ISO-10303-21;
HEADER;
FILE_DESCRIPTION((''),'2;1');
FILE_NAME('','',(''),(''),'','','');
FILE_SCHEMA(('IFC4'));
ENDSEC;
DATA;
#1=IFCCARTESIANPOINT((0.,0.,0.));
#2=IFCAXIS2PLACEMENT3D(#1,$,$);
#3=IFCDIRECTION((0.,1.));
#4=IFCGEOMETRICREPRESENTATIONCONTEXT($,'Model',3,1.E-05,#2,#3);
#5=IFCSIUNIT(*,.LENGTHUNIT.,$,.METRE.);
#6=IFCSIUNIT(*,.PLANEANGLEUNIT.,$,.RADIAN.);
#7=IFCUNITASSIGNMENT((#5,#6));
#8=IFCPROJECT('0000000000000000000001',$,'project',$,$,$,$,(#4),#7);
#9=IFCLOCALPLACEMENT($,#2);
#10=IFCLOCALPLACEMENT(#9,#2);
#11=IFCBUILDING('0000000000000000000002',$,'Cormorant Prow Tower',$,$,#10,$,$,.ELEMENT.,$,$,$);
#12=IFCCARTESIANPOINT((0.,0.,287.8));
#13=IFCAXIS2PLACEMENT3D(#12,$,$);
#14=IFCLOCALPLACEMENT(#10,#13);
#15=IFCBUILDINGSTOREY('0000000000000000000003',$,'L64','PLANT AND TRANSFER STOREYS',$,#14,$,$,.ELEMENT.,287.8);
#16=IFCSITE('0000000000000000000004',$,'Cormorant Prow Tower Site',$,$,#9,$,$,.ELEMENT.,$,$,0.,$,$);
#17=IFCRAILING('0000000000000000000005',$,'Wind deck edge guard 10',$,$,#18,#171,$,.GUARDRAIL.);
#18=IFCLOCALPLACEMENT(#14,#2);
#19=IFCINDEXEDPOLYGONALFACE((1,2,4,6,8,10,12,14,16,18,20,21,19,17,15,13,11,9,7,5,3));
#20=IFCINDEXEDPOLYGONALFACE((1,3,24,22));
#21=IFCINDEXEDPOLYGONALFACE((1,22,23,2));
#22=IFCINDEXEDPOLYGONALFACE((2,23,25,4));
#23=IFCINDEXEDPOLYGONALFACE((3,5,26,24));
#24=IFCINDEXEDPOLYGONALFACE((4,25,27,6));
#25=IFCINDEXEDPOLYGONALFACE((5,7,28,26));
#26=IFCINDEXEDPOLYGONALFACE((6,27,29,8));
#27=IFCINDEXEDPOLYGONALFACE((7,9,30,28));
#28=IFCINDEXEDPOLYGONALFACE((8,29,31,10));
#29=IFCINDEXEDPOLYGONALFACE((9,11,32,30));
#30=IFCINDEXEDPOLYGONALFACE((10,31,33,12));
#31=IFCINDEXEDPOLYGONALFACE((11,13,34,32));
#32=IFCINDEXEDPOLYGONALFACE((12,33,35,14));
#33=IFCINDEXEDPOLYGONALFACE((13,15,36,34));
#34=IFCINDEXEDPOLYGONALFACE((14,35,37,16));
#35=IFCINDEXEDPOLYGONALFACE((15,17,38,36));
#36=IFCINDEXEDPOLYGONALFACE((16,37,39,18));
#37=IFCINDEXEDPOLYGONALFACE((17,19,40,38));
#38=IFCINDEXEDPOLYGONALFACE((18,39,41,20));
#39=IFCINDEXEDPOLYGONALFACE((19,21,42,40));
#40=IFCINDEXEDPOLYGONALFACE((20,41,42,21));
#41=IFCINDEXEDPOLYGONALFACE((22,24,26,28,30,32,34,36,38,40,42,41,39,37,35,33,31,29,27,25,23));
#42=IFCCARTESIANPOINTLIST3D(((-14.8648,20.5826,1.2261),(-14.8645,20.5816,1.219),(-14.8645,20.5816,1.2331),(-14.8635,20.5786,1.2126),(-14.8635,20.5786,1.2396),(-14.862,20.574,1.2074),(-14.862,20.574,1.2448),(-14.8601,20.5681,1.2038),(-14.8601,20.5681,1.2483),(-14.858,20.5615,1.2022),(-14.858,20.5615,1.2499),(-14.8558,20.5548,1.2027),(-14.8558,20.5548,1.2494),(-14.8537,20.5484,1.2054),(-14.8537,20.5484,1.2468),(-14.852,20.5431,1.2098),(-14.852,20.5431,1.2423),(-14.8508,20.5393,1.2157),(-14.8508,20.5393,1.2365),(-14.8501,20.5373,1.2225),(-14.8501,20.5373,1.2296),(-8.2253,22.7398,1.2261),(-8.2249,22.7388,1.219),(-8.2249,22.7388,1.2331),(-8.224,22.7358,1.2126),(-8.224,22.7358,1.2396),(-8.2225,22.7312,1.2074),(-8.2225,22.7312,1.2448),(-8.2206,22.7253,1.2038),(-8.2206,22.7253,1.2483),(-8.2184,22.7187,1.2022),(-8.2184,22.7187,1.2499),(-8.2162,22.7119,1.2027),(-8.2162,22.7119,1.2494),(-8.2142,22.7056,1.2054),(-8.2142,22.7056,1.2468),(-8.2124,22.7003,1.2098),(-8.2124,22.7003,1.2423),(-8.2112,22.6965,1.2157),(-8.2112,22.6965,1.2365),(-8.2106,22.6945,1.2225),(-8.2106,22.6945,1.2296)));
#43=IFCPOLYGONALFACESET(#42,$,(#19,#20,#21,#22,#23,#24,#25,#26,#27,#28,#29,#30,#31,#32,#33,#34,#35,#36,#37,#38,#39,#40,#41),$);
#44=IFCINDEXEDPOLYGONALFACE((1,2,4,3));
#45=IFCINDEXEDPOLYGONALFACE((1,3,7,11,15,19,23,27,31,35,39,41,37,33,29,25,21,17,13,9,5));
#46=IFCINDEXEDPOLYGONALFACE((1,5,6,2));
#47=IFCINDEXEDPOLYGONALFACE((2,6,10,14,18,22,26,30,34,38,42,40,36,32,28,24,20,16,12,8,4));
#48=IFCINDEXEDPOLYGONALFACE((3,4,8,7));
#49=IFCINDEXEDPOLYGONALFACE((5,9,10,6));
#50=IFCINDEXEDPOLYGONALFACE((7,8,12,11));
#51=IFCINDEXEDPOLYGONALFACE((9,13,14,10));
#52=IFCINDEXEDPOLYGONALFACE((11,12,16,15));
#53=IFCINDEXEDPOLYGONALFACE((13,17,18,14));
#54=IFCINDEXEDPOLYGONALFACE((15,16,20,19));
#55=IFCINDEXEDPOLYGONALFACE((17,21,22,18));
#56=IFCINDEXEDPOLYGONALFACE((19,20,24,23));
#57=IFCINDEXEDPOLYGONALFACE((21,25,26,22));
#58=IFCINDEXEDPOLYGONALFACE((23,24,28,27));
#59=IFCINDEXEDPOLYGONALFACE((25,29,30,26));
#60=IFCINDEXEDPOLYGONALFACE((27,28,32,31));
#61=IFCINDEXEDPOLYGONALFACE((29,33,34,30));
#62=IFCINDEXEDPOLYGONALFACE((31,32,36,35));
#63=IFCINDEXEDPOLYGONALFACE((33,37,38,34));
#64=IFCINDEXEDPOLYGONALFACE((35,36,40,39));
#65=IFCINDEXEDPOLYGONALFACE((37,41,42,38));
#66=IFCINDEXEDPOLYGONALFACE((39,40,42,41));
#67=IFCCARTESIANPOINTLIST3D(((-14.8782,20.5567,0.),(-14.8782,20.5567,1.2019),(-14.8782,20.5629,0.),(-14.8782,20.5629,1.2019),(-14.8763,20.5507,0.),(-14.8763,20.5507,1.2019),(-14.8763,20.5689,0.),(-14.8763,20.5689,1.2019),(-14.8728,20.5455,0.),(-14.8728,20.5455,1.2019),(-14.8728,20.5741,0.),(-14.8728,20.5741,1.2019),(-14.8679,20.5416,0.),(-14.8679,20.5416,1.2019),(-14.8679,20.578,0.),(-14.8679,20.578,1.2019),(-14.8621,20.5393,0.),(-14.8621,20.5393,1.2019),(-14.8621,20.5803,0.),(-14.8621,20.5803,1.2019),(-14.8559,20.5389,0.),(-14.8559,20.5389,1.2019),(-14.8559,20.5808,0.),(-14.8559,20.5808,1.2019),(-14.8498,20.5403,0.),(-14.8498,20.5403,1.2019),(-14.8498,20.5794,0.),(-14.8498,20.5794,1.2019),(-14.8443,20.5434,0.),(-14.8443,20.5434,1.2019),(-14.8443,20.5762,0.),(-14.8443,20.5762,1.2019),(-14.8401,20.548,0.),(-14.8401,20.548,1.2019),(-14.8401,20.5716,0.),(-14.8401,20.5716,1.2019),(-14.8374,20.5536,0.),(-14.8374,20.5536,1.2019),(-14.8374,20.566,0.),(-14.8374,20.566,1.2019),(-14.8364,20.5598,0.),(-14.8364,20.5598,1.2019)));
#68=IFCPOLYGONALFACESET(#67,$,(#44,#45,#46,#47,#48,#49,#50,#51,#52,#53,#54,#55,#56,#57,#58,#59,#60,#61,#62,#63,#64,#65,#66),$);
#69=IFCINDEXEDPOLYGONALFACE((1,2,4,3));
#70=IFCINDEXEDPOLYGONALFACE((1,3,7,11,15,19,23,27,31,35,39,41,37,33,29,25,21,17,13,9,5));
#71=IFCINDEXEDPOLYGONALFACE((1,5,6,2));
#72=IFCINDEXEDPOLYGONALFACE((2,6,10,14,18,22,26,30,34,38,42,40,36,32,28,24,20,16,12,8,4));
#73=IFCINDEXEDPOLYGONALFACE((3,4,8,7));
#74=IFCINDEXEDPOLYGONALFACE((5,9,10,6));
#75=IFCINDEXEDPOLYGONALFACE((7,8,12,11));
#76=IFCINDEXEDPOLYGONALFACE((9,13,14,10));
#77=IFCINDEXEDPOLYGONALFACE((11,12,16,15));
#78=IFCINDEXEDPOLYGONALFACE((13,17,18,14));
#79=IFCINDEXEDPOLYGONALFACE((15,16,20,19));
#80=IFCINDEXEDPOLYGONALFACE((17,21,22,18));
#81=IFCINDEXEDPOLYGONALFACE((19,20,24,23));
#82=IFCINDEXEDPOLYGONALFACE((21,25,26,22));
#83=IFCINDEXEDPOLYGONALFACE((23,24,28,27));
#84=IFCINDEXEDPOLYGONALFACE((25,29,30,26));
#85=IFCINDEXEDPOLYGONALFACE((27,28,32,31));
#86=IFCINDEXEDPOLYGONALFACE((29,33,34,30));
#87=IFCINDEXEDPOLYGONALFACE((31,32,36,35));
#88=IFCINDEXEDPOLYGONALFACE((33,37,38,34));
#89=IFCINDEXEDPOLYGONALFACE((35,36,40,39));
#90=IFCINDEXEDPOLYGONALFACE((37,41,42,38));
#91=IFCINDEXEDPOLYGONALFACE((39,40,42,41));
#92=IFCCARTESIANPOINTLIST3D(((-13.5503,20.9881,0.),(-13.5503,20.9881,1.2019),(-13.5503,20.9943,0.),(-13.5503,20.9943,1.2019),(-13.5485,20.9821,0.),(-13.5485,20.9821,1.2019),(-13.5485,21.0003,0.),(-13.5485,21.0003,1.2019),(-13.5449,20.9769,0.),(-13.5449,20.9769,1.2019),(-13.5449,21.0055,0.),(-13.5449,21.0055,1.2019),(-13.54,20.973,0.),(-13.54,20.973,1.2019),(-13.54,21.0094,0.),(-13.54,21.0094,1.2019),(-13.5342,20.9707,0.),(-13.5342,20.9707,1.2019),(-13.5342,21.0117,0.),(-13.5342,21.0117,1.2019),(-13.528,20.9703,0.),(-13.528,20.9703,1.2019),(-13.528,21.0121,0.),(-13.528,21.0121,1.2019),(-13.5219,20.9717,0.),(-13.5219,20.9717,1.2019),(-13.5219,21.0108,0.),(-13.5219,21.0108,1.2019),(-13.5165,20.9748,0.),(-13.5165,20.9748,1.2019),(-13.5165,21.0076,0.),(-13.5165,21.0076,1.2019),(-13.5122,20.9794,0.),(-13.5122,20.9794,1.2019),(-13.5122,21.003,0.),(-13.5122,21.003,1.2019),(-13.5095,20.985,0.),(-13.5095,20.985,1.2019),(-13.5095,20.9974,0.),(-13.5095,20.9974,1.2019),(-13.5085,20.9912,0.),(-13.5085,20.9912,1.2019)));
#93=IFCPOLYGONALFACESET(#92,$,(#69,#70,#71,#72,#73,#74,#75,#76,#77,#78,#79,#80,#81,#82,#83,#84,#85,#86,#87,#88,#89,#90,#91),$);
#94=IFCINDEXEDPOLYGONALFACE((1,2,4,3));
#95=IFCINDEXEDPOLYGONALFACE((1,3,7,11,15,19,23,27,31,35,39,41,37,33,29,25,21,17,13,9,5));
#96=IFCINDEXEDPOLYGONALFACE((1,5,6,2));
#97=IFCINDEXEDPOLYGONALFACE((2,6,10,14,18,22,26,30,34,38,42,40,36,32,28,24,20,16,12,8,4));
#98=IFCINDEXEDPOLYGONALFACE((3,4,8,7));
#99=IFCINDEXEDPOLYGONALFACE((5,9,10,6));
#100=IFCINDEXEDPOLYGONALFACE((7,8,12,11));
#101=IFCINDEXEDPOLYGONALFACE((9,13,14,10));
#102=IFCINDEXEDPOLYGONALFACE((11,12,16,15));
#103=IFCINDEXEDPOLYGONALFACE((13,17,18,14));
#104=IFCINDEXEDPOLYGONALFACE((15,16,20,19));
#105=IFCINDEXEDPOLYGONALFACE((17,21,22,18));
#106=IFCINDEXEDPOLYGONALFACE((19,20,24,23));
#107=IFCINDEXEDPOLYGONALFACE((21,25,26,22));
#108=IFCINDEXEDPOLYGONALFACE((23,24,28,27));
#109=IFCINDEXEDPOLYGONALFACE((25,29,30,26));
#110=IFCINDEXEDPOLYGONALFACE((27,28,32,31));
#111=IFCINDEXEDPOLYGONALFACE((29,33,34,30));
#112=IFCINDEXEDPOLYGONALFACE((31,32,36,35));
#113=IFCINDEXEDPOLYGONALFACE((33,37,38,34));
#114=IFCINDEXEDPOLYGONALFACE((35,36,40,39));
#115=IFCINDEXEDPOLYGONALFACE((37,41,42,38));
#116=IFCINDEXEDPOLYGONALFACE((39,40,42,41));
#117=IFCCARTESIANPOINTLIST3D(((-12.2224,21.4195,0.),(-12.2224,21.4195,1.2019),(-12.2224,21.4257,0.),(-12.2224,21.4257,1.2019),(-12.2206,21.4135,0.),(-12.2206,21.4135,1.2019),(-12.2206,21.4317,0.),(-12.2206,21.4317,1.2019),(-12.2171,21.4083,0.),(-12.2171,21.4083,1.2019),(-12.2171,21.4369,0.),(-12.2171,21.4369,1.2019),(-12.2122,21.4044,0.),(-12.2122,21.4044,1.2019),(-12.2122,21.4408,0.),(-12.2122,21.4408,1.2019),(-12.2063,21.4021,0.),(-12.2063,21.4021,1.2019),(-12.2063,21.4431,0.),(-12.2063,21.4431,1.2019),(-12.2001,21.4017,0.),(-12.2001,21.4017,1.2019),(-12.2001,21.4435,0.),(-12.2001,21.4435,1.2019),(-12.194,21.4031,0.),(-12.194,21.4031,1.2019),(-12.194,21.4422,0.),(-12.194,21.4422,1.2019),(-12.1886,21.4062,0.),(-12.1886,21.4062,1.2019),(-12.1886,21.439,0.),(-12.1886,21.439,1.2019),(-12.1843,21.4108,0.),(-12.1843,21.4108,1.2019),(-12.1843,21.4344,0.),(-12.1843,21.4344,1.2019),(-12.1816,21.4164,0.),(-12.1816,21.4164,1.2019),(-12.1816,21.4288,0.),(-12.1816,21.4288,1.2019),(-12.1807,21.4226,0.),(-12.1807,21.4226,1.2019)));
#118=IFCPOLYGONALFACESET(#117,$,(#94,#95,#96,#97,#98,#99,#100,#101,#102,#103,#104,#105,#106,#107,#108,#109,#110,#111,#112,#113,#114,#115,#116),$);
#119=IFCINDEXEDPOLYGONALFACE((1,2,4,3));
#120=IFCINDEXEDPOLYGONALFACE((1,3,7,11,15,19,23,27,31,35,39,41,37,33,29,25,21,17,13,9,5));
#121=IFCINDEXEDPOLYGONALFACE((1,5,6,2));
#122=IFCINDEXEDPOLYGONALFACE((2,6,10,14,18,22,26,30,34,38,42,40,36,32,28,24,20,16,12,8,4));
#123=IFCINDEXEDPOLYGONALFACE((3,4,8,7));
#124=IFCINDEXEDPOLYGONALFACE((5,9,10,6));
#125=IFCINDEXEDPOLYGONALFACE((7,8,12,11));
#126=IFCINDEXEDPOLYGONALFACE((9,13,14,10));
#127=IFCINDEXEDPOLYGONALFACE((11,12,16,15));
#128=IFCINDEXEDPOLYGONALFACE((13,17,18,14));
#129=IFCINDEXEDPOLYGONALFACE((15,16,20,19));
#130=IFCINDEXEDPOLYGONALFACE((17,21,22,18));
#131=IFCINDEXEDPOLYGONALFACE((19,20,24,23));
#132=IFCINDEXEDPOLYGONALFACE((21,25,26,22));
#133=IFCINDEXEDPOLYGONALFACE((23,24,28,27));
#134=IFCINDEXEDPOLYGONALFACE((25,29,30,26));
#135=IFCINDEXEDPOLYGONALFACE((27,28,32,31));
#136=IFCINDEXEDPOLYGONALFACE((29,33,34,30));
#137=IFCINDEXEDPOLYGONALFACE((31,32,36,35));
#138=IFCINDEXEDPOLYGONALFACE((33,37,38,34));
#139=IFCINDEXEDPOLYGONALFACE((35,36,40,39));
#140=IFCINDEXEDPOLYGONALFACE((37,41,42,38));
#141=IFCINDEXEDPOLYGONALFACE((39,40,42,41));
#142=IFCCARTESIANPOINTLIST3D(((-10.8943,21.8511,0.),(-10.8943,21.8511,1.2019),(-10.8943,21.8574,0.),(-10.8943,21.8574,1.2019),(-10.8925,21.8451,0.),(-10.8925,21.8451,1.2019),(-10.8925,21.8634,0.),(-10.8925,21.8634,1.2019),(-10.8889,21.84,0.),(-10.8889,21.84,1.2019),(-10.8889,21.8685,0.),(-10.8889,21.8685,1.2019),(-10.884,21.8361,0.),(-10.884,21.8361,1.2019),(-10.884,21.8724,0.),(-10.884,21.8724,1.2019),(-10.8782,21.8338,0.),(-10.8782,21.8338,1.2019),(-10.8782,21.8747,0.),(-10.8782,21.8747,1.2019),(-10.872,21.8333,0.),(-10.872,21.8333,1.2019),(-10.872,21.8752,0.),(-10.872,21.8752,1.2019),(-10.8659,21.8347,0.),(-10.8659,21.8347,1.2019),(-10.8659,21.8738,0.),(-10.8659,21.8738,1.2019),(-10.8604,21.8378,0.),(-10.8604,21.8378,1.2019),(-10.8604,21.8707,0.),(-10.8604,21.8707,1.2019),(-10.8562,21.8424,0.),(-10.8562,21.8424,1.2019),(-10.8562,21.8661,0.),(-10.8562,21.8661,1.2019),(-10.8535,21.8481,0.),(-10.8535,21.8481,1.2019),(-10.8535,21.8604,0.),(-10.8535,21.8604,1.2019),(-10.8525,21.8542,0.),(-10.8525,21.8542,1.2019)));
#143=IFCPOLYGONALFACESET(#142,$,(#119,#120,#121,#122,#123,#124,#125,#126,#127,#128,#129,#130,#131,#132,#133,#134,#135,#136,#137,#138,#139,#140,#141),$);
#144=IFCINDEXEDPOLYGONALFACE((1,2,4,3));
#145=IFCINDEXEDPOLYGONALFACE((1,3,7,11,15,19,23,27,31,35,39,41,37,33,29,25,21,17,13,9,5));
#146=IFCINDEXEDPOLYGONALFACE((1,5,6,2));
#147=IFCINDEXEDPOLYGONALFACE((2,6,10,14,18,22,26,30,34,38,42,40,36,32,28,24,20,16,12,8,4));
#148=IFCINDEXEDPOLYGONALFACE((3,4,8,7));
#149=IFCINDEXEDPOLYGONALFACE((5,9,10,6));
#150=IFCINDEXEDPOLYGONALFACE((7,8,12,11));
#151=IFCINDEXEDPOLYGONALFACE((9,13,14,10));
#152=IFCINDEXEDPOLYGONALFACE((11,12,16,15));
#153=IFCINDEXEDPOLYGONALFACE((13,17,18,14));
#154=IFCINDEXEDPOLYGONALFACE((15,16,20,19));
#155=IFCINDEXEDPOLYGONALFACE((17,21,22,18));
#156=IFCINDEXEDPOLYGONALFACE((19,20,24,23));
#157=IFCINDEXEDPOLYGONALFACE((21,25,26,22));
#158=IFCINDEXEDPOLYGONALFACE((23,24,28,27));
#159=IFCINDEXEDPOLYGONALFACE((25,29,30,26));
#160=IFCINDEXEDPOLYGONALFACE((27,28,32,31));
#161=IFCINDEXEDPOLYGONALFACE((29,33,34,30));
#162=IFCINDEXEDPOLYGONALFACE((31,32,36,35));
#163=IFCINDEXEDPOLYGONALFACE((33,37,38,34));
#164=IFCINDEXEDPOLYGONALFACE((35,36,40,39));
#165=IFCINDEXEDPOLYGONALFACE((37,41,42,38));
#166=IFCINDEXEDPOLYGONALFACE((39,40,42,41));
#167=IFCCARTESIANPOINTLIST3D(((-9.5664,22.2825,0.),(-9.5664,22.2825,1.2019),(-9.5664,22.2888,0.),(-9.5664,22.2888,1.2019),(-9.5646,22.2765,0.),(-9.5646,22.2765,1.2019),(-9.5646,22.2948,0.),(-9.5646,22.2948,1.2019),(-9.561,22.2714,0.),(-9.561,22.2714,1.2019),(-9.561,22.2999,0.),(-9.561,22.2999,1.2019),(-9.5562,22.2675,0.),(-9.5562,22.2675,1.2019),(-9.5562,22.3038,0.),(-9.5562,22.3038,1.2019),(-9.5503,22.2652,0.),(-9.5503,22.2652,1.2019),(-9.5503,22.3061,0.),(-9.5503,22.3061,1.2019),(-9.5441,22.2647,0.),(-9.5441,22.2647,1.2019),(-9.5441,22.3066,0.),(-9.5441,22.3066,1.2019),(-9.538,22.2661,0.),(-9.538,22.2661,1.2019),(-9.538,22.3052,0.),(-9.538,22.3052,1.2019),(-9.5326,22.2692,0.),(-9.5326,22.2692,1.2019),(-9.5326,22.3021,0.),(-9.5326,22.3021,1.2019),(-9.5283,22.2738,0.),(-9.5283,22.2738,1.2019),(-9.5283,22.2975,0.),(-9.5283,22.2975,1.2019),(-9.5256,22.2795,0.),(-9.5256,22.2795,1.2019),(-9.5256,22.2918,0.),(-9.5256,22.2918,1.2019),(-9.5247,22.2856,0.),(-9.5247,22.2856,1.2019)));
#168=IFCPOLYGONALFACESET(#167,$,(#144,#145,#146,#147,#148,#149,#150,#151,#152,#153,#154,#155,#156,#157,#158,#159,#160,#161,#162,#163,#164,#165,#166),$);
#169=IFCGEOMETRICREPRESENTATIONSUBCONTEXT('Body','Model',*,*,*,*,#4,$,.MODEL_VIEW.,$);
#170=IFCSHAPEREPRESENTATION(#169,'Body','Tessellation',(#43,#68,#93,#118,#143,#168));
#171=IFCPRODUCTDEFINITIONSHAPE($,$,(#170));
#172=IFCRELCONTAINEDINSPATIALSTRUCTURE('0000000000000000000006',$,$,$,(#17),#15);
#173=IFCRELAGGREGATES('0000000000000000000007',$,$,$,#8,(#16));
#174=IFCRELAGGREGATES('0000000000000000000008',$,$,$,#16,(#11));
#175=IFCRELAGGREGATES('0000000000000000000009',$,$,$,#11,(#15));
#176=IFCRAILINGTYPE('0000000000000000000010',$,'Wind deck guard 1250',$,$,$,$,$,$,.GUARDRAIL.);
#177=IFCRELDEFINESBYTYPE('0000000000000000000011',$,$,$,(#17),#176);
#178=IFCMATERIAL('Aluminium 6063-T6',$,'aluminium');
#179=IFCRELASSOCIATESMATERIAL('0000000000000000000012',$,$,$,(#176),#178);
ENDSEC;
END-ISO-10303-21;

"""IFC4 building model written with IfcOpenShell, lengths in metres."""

from ifc_helpers import new_model, si_unit, direction, frame, origin, origin_2d, place, context, subcontext, project, spatial, circle, extrude, material, type_object, element, save


model = new_model("IFC4")

# Units and contexts
model_context = context("Model", 3, precision=1e-05, world=origin(), true_north=direction((0.0, 1.0)))
body_context = subcontext(model_context, "Body", "Model", "MODEL_VIEW")
ifc_project = project(units=[si_unit("LENGTHUNIT", "METRE"), si_unit("PLANEANGLEUNIT", "RADIAN")], contexts=[model_context])

# Site, building, storey
site_placement = place(None, origin())
site = spatial("IfcSite", under=ifc_project, at=site_placement, Name="Cormorant Prow Tower Site", CompositionType="ELEMENT", RefElevation=0.0)
building_placement = place(site_placement, origin())
building = spatial("IfcBuilding", under=site, at=building_placement, Name="Cormorant Prow Tower", CompositionType="ELEMENT")
storey_placement = place(building_placement, frame((0.0, 0.0, 287.8)))
storey = spatial("IfcBuildingStorey", under=building, at=storey_placement, Name="L64", Description="PLANT AND TRANSFER STOREYS", CompositionType="ELEMENT", Elevation=287.8)

# Railing
ifc_material_1 = material(Name="Aluminium 6063-T6", Category="aluminium")
railing_type = type_object("IfcRailingType", Name="Wind deck guard 1250", PredefinedType="GUARDRAIL", material=ifc_material_1)
railing_placement = place(storey_placement, frame((-14.8574, 20.5598, 0.0)))
element("IfcRailing", 1, at=railing_placement, inside=storey, type_object=railing_type, Name="Wind deck edge guard 10", PredefinedType="GUARDRAIL", context=body_context, shape_type="SweptSolid", body=[
    extrude(circle(Radius=0.0239, at=origin_2d()), frame((0.0, 0.0, 1.2261), z_axis=(0.951062, 0.309001, 0.0), x_axis=(-0.309001, 0.951062, 0.0)), (0.0, 0.0, 1.0), 6.9812),
    extrude(circle(Radius=0.021, at=origin_2d()), origin(), (0.0, 0.0, 1.0), 1.2019),
    extrude(circle(Radius=0.021, at=origin_2d()), frame((1.3279, 0.4314, 0.0)), (0.0, 0.0, 1.0), 1.2019),
    extrude(circle(Radius=0.021, at=origin_2d()), frame((2.6558, 0.8628, 0.0)), (0.0, 0.0, 1.0), 1.2019),
    extrude(circle(Radius=0.021, at=origin_2d()), frame((3.9839, 1.2944, 0.0)), (0.0, 0.0, 1.0), 1.2019),
    extrude(circle(Radius=0.021, at=origin_2d()), frame((5.3118, 1.7258, 0.0)), (0.0, 0.0, 1.0), 1.2019),
])

save(model, "model.ifc")
